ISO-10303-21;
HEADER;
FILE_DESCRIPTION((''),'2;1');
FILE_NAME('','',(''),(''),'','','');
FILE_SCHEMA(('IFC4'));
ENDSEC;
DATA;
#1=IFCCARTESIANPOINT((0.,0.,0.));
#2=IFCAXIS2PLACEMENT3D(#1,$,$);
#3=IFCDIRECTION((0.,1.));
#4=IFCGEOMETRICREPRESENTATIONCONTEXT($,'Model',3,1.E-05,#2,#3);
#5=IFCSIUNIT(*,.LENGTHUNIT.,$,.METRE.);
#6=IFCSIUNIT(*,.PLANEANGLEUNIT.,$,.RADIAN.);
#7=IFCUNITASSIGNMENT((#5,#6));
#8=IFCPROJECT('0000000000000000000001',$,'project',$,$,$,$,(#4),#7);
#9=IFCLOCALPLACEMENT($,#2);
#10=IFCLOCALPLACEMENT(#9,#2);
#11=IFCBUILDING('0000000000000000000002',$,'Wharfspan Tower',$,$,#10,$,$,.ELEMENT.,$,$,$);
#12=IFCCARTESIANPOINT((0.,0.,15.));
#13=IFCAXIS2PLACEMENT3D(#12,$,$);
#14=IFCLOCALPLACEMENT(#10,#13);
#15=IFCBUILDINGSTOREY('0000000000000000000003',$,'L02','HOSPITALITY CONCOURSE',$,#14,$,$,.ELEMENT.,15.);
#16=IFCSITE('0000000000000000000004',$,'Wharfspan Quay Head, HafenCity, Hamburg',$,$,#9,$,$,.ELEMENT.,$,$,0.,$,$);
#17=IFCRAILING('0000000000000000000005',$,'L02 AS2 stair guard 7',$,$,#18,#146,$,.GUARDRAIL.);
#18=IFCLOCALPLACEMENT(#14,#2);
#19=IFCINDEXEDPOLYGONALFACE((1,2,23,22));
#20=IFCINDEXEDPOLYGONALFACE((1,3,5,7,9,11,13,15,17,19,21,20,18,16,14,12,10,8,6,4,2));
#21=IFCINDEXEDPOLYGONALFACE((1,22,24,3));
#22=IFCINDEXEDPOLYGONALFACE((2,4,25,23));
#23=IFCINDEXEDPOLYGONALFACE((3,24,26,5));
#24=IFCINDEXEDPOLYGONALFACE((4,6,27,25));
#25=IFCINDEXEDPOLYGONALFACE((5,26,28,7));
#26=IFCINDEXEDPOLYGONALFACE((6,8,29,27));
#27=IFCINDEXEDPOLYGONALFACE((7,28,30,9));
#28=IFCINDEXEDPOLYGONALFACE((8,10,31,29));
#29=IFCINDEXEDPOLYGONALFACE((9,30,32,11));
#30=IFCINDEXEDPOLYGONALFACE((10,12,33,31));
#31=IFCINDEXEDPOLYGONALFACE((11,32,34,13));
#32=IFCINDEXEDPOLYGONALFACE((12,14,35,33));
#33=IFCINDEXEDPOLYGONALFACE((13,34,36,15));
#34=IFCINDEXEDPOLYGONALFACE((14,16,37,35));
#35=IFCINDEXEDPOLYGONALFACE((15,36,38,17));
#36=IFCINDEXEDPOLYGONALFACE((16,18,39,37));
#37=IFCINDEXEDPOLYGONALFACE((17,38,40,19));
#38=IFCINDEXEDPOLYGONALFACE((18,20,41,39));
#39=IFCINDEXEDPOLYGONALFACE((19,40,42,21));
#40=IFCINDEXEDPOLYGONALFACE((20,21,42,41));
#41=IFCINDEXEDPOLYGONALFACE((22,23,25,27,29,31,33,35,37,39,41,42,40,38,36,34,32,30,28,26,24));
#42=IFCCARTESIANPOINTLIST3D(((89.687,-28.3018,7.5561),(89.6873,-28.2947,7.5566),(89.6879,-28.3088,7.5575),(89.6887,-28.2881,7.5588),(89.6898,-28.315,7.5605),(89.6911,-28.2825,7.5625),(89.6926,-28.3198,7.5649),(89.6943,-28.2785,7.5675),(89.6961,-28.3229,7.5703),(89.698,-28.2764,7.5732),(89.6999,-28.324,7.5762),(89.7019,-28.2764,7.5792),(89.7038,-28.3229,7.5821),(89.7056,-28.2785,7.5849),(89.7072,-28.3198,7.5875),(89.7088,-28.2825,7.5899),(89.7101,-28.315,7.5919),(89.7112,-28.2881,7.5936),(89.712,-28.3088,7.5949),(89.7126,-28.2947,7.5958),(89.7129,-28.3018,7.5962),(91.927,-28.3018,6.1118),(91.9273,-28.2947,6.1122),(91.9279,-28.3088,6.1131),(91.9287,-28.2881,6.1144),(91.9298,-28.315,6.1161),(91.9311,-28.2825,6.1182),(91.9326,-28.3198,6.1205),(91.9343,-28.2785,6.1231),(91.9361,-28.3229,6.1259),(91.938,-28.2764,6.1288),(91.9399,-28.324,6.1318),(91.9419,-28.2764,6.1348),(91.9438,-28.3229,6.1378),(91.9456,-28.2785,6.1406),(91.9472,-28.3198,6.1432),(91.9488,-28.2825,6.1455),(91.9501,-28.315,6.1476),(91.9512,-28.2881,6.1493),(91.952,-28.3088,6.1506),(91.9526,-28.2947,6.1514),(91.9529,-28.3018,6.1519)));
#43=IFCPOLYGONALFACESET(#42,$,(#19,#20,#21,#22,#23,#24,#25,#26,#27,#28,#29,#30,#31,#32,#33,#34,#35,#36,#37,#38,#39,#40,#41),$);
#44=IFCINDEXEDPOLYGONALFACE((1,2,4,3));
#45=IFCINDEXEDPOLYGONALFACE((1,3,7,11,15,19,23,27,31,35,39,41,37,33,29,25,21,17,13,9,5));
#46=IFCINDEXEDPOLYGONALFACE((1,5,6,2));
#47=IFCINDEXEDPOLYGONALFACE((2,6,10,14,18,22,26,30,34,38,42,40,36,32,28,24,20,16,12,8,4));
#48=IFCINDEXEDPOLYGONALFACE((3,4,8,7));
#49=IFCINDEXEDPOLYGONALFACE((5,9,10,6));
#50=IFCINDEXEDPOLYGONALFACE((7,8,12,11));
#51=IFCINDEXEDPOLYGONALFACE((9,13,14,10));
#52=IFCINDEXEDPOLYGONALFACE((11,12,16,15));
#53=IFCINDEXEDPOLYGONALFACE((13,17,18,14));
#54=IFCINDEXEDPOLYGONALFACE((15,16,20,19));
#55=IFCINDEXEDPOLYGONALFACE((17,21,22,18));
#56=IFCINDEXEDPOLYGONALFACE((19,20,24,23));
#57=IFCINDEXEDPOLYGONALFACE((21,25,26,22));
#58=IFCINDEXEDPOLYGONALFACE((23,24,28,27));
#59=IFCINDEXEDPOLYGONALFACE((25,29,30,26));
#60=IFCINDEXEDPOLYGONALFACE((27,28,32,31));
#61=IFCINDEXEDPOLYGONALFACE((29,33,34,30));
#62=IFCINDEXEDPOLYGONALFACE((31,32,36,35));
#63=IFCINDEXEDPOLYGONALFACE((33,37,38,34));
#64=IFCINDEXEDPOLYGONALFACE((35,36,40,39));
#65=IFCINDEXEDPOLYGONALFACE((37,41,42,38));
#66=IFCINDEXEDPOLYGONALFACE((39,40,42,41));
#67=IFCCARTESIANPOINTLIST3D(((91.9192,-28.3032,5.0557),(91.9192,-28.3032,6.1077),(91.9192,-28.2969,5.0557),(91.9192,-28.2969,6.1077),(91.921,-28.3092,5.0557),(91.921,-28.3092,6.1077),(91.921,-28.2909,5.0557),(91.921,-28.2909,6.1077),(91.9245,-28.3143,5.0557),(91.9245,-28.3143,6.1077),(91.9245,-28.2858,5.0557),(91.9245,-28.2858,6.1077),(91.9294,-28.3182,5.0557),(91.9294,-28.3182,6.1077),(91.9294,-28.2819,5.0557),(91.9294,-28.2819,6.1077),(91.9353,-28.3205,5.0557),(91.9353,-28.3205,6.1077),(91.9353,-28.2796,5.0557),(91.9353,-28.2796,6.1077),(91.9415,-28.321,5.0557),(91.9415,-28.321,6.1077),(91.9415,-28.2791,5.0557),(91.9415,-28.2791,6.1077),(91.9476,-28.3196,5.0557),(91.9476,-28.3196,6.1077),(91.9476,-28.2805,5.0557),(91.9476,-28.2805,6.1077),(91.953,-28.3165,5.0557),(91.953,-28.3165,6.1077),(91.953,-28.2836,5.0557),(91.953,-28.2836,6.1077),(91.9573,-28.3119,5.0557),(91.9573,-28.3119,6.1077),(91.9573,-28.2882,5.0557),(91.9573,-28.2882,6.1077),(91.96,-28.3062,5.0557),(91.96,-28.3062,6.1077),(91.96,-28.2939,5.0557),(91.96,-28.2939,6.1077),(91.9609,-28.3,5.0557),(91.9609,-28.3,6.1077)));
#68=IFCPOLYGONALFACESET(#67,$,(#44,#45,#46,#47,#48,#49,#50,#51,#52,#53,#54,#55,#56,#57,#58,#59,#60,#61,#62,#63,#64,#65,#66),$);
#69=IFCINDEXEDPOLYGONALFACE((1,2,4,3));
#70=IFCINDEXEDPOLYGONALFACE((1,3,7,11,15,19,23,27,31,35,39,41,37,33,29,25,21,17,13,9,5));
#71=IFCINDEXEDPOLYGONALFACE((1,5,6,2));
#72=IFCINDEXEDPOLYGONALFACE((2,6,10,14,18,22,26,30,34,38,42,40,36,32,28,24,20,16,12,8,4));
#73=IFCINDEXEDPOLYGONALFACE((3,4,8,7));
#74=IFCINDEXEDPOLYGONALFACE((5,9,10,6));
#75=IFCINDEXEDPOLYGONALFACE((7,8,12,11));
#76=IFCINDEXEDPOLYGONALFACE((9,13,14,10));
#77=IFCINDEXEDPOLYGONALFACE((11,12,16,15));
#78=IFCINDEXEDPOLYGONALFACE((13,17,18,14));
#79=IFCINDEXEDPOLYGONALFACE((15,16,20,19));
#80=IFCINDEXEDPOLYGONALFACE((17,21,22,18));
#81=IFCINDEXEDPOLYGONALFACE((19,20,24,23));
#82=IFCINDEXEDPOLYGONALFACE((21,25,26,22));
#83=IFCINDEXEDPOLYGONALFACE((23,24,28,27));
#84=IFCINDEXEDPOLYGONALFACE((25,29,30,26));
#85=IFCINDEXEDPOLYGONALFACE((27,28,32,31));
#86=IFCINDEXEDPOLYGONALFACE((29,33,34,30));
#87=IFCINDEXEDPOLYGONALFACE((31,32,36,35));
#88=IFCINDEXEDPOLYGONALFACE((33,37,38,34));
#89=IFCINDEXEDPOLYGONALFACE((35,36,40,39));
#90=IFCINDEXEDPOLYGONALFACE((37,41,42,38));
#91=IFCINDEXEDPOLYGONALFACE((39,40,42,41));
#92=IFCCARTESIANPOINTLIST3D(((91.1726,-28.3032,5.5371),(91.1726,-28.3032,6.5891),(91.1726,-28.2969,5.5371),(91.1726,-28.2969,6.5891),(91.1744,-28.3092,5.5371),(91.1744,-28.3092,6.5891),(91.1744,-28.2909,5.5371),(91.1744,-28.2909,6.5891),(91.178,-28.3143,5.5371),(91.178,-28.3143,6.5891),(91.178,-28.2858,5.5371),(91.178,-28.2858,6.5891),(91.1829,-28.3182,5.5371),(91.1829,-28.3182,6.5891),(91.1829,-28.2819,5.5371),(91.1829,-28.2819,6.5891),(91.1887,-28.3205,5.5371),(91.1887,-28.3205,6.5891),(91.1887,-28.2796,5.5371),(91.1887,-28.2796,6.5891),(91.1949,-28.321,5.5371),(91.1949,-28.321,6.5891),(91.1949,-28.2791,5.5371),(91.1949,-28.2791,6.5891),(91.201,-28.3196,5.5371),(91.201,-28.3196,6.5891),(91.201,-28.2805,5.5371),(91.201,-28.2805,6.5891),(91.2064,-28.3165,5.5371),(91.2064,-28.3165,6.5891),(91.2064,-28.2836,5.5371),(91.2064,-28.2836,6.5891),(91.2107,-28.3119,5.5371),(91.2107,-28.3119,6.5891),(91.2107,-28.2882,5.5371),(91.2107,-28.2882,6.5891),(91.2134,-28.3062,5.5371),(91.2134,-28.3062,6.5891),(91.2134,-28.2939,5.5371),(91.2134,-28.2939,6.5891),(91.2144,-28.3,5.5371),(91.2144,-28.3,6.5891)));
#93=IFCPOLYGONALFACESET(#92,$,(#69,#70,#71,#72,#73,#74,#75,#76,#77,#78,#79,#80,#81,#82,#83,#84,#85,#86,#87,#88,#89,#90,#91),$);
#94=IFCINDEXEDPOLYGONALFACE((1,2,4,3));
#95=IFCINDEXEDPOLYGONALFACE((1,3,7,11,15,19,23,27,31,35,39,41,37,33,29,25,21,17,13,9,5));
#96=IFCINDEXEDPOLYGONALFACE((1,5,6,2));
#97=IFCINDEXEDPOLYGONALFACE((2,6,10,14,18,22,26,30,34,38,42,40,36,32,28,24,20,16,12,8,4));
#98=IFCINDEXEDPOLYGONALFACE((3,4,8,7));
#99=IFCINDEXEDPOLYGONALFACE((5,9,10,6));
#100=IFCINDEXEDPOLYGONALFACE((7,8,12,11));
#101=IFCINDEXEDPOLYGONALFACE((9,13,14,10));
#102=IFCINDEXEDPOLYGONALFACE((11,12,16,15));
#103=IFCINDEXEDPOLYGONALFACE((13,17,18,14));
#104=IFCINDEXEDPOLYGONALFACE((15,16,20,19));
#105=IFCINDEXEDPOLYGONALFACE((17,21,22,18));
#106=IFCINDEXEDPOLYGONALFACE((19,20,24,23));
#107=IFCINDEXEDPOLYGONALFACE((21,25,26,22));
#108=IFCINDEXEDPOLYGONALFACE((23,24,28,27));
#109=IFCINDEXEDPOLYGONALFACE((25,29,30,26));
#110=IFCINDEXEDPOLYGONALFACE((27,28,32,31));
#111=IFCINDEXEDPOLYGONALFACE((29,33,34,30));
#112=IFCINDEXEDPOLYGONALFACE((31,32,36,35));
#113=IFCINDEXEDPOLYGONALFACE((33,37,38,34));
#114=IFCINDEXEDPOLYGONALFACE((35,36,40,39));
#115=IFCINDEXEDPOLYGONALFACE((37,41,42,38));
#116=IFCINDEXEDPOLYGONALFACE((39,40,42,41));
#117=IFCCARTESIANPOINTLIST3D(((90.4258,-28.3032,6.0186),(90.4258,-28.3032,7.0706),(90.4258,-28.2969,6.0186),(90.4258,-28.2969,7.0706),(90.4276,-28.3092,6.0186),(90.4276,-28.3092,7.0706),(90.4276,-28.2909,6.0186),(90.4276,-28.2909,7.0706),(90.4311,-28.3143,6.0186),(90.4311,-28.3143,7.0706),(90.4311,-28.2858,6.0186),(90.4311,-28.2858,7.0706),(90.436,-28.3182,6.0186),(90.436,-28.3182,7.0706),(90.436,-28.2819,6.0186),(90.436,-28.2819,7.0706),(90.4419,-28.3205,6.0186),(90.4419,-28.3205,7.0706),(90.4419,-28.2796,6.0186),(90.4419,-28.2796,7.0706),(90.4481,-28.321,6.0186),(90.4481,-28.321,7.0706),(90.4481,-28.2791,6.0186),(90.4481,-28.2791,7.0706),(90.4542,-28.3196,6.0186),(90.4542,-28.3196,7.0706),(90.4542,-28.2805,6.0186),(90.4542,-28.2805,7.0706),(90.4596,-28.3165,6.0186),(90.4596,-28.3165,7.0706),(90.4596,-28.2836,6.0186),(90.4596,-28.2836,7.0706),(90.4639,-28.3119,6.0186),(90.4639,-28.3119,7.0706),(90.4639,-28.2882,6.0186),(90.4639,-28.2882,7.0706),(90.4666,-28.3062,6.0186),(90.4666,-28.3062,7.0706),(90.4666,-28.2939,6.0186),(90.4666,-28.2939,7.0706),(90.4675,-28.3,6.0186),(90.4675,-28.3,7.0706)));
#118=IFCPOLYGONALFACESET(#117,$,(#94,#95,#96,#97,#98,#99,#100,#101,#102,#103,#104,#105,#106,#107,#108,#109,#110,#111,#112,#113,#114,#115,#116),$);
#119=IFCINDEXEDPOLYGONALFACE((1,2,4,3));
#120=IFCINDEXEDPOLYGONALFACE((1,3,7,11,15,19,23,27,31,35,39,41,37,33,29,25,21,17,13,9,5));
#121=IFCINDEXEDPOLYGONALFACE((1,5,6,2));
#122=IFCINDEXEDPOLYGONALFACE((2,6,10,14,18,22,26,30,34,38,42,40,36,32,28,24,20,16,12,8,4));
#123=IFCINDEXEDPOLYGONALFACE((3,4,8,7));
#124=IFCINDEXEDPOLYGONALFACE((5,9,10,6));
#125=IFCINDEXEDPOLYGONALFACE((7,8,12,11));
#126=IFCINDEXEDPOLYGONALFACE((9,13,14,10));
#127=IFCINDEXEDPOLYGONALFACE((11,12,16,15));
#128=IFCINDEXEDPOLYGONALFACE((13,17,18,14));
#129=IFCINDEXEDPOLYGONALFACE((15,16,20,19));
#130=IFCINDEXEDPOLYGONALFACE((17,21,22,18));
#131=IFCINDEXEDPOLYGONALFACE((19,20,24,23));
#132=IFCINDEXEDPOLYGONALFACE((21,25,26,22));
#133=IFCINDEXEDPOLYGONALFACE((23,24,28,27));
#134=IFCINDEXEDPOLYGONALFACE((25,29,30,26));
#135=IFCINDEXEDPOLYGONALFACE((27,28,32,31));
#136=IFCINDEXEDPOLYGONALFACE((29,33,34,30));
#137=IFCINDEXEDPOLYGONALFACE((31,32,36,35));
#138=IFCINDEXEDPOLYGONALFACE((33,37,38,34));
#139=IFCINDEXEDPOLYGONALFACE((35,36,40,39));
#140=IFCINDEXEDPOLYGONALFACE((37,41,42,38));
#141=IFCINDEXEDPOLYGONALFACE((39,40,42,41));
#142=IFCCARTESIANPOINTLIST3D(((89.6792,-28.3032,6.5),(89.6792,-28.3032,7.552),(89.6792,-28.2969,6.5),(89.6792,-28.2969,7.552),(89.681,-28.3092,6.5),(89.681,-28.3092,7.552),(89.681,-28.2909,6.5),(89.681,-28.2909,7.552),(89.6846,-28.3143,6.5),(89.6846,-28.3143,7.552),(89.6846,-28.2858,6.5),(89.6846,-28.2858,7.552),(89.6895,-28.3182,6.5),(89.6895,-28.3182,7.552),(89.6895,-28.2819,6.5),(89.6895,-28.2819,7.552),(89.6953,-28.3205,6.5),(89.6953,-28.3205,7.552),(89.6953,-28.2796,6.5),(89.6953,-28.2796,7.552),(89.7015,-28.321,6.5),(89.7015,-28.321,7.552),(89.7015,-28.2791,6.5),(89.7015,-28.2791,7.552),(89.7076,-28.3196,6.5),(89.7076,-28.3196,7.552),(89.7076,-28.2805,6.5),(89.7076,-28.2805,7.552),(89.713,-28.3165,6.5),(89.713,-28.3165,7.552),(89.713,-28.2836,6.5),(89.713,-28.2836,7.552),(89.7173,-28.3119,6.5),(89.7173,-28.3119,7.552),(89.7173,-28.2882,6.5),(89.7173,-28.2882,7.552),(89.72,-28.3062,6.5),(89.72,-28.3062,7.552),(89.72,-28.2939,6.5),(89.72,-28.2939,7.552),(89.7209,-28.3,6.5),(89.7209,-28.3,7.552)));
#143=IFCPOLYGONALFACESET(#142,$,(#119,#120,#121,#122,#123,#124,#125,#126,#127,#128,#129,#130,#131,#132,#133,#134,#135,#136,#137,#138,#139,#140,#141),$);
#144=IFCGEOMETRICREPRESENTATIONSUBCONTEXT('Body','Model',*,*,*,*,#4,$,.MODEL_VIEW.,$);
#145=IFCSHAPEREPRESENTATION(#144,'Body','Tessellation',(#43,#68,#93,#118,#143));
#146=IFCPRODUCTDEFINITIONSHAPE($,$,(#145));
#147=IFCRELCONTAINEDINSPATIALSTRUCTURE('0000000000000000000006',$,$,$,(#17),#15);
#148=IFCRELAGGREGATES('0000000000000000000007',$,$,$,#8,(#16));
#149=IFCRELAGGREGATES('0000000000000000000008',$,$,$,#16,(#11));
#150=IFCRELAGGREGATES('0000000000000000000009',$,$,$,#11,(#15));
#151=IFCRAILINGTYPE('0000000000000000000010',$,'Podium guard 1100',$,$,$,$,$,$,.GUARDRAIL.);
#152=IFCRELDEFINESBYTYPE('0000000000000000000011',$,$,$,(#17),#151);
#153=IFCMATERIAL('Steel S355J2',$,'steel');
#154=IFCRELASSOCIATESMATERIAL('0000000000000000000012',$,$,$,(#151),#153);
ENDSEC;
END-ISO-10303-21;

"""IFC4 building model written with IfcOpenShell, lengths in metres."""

from ifc_helpers import new_model, si_unit, direction, frame, origin, origin_2d, place, context, subcontext, project, spatial, circle, extrude, material, type_object, element, save


model = new_model("IFC4")

# Units and contexts
model_context = context("Model", 3, precision=1e-05, world=origin(), true_north=direction((0.0, 1.0)))
body_context = subcontext(model_context, "Body", "Model", "MODEL_VIEW")
ifc_project = project(units=[si_unit("LENGTHUNIT", "METRE"), si_unit("PLANEANGLEUNIT", "RADIAN")], contexts=[model_context])

# Site, building, storey
site_placement = place(None, origin())
site = spatial("IfcSite", under=ifc_project, at=site_placement, Name="Wharfspan Quay Head, HafenCity, Hamburg", CompositionType="ELEMENT", RefElevation=0.0)
building_placement = place(site_placement, origin())
building = spatial("IfcBuilding", under=site, at=building_placement, Name="Wharfspan Tower", CompositionType="ELEMENT")
storey_placement = place(building_placement, frame((0.0, 0.0, 15.0)))
storey = spatial("IfcBuildingStorey", under=building, at=storey_placement, Name="L02", Description="HOSPITALITY CONCOURSE", CompositionType="ELEMENT", Elevation=15.0)

# Railing
ifc_material_1 = material(Name="Steel S355J2", Category="steel")
railing_type_1 = type_object("IfcRailingType", Name="Podium guard 1100", PredefinedType="GUARDRAIL", material=ifc_material_1)
railing_1_placement = place(storey_placement, frame((91.9399, -28.3, 5.0557)))
element("IfcRailing", 1, at=railing_1_placement, inside=storey, type_object=railing_type_1, Name="L02 AS2 stair guard 7", PredefinedType="GUARDRAIL", context=body_context, shape_type="SweptSolid", body=[
    extrude(circle(Radius=0.0239, at=origin_2d()), frame((0.0, 0.0, 1.0762), z_axis=(-0.840437, 0.0, 0.54191), x_axis=(0.0, -1.0, 0.0)), (0.0, 0.0, 1.0), 2.6653),
    extrude(circle(Radius=0.021, at=origin_2d()), origin(), (0.0, 0.0, 1.0), 1.052),
    extrude(circle(Radius=0.021, at=origin_2d()), frame((-0.7466, 0.0, 0.4814)), (0.0, 0.0, 1.0), 1.052),
    extrude(circle(Radius=0.021, at=origin_2d()), frame((-1.4934, 0.0, 0.9629)), (0.0, 0.0, 1.0), 1.052),
    extrude(circle(Radius=0.021, at=origin_2d()), frame((-2.24, 0.0, 1.4443)), (0.0, 0.0, 1.0), 1.052),
])

save(model, "model.ifc")
